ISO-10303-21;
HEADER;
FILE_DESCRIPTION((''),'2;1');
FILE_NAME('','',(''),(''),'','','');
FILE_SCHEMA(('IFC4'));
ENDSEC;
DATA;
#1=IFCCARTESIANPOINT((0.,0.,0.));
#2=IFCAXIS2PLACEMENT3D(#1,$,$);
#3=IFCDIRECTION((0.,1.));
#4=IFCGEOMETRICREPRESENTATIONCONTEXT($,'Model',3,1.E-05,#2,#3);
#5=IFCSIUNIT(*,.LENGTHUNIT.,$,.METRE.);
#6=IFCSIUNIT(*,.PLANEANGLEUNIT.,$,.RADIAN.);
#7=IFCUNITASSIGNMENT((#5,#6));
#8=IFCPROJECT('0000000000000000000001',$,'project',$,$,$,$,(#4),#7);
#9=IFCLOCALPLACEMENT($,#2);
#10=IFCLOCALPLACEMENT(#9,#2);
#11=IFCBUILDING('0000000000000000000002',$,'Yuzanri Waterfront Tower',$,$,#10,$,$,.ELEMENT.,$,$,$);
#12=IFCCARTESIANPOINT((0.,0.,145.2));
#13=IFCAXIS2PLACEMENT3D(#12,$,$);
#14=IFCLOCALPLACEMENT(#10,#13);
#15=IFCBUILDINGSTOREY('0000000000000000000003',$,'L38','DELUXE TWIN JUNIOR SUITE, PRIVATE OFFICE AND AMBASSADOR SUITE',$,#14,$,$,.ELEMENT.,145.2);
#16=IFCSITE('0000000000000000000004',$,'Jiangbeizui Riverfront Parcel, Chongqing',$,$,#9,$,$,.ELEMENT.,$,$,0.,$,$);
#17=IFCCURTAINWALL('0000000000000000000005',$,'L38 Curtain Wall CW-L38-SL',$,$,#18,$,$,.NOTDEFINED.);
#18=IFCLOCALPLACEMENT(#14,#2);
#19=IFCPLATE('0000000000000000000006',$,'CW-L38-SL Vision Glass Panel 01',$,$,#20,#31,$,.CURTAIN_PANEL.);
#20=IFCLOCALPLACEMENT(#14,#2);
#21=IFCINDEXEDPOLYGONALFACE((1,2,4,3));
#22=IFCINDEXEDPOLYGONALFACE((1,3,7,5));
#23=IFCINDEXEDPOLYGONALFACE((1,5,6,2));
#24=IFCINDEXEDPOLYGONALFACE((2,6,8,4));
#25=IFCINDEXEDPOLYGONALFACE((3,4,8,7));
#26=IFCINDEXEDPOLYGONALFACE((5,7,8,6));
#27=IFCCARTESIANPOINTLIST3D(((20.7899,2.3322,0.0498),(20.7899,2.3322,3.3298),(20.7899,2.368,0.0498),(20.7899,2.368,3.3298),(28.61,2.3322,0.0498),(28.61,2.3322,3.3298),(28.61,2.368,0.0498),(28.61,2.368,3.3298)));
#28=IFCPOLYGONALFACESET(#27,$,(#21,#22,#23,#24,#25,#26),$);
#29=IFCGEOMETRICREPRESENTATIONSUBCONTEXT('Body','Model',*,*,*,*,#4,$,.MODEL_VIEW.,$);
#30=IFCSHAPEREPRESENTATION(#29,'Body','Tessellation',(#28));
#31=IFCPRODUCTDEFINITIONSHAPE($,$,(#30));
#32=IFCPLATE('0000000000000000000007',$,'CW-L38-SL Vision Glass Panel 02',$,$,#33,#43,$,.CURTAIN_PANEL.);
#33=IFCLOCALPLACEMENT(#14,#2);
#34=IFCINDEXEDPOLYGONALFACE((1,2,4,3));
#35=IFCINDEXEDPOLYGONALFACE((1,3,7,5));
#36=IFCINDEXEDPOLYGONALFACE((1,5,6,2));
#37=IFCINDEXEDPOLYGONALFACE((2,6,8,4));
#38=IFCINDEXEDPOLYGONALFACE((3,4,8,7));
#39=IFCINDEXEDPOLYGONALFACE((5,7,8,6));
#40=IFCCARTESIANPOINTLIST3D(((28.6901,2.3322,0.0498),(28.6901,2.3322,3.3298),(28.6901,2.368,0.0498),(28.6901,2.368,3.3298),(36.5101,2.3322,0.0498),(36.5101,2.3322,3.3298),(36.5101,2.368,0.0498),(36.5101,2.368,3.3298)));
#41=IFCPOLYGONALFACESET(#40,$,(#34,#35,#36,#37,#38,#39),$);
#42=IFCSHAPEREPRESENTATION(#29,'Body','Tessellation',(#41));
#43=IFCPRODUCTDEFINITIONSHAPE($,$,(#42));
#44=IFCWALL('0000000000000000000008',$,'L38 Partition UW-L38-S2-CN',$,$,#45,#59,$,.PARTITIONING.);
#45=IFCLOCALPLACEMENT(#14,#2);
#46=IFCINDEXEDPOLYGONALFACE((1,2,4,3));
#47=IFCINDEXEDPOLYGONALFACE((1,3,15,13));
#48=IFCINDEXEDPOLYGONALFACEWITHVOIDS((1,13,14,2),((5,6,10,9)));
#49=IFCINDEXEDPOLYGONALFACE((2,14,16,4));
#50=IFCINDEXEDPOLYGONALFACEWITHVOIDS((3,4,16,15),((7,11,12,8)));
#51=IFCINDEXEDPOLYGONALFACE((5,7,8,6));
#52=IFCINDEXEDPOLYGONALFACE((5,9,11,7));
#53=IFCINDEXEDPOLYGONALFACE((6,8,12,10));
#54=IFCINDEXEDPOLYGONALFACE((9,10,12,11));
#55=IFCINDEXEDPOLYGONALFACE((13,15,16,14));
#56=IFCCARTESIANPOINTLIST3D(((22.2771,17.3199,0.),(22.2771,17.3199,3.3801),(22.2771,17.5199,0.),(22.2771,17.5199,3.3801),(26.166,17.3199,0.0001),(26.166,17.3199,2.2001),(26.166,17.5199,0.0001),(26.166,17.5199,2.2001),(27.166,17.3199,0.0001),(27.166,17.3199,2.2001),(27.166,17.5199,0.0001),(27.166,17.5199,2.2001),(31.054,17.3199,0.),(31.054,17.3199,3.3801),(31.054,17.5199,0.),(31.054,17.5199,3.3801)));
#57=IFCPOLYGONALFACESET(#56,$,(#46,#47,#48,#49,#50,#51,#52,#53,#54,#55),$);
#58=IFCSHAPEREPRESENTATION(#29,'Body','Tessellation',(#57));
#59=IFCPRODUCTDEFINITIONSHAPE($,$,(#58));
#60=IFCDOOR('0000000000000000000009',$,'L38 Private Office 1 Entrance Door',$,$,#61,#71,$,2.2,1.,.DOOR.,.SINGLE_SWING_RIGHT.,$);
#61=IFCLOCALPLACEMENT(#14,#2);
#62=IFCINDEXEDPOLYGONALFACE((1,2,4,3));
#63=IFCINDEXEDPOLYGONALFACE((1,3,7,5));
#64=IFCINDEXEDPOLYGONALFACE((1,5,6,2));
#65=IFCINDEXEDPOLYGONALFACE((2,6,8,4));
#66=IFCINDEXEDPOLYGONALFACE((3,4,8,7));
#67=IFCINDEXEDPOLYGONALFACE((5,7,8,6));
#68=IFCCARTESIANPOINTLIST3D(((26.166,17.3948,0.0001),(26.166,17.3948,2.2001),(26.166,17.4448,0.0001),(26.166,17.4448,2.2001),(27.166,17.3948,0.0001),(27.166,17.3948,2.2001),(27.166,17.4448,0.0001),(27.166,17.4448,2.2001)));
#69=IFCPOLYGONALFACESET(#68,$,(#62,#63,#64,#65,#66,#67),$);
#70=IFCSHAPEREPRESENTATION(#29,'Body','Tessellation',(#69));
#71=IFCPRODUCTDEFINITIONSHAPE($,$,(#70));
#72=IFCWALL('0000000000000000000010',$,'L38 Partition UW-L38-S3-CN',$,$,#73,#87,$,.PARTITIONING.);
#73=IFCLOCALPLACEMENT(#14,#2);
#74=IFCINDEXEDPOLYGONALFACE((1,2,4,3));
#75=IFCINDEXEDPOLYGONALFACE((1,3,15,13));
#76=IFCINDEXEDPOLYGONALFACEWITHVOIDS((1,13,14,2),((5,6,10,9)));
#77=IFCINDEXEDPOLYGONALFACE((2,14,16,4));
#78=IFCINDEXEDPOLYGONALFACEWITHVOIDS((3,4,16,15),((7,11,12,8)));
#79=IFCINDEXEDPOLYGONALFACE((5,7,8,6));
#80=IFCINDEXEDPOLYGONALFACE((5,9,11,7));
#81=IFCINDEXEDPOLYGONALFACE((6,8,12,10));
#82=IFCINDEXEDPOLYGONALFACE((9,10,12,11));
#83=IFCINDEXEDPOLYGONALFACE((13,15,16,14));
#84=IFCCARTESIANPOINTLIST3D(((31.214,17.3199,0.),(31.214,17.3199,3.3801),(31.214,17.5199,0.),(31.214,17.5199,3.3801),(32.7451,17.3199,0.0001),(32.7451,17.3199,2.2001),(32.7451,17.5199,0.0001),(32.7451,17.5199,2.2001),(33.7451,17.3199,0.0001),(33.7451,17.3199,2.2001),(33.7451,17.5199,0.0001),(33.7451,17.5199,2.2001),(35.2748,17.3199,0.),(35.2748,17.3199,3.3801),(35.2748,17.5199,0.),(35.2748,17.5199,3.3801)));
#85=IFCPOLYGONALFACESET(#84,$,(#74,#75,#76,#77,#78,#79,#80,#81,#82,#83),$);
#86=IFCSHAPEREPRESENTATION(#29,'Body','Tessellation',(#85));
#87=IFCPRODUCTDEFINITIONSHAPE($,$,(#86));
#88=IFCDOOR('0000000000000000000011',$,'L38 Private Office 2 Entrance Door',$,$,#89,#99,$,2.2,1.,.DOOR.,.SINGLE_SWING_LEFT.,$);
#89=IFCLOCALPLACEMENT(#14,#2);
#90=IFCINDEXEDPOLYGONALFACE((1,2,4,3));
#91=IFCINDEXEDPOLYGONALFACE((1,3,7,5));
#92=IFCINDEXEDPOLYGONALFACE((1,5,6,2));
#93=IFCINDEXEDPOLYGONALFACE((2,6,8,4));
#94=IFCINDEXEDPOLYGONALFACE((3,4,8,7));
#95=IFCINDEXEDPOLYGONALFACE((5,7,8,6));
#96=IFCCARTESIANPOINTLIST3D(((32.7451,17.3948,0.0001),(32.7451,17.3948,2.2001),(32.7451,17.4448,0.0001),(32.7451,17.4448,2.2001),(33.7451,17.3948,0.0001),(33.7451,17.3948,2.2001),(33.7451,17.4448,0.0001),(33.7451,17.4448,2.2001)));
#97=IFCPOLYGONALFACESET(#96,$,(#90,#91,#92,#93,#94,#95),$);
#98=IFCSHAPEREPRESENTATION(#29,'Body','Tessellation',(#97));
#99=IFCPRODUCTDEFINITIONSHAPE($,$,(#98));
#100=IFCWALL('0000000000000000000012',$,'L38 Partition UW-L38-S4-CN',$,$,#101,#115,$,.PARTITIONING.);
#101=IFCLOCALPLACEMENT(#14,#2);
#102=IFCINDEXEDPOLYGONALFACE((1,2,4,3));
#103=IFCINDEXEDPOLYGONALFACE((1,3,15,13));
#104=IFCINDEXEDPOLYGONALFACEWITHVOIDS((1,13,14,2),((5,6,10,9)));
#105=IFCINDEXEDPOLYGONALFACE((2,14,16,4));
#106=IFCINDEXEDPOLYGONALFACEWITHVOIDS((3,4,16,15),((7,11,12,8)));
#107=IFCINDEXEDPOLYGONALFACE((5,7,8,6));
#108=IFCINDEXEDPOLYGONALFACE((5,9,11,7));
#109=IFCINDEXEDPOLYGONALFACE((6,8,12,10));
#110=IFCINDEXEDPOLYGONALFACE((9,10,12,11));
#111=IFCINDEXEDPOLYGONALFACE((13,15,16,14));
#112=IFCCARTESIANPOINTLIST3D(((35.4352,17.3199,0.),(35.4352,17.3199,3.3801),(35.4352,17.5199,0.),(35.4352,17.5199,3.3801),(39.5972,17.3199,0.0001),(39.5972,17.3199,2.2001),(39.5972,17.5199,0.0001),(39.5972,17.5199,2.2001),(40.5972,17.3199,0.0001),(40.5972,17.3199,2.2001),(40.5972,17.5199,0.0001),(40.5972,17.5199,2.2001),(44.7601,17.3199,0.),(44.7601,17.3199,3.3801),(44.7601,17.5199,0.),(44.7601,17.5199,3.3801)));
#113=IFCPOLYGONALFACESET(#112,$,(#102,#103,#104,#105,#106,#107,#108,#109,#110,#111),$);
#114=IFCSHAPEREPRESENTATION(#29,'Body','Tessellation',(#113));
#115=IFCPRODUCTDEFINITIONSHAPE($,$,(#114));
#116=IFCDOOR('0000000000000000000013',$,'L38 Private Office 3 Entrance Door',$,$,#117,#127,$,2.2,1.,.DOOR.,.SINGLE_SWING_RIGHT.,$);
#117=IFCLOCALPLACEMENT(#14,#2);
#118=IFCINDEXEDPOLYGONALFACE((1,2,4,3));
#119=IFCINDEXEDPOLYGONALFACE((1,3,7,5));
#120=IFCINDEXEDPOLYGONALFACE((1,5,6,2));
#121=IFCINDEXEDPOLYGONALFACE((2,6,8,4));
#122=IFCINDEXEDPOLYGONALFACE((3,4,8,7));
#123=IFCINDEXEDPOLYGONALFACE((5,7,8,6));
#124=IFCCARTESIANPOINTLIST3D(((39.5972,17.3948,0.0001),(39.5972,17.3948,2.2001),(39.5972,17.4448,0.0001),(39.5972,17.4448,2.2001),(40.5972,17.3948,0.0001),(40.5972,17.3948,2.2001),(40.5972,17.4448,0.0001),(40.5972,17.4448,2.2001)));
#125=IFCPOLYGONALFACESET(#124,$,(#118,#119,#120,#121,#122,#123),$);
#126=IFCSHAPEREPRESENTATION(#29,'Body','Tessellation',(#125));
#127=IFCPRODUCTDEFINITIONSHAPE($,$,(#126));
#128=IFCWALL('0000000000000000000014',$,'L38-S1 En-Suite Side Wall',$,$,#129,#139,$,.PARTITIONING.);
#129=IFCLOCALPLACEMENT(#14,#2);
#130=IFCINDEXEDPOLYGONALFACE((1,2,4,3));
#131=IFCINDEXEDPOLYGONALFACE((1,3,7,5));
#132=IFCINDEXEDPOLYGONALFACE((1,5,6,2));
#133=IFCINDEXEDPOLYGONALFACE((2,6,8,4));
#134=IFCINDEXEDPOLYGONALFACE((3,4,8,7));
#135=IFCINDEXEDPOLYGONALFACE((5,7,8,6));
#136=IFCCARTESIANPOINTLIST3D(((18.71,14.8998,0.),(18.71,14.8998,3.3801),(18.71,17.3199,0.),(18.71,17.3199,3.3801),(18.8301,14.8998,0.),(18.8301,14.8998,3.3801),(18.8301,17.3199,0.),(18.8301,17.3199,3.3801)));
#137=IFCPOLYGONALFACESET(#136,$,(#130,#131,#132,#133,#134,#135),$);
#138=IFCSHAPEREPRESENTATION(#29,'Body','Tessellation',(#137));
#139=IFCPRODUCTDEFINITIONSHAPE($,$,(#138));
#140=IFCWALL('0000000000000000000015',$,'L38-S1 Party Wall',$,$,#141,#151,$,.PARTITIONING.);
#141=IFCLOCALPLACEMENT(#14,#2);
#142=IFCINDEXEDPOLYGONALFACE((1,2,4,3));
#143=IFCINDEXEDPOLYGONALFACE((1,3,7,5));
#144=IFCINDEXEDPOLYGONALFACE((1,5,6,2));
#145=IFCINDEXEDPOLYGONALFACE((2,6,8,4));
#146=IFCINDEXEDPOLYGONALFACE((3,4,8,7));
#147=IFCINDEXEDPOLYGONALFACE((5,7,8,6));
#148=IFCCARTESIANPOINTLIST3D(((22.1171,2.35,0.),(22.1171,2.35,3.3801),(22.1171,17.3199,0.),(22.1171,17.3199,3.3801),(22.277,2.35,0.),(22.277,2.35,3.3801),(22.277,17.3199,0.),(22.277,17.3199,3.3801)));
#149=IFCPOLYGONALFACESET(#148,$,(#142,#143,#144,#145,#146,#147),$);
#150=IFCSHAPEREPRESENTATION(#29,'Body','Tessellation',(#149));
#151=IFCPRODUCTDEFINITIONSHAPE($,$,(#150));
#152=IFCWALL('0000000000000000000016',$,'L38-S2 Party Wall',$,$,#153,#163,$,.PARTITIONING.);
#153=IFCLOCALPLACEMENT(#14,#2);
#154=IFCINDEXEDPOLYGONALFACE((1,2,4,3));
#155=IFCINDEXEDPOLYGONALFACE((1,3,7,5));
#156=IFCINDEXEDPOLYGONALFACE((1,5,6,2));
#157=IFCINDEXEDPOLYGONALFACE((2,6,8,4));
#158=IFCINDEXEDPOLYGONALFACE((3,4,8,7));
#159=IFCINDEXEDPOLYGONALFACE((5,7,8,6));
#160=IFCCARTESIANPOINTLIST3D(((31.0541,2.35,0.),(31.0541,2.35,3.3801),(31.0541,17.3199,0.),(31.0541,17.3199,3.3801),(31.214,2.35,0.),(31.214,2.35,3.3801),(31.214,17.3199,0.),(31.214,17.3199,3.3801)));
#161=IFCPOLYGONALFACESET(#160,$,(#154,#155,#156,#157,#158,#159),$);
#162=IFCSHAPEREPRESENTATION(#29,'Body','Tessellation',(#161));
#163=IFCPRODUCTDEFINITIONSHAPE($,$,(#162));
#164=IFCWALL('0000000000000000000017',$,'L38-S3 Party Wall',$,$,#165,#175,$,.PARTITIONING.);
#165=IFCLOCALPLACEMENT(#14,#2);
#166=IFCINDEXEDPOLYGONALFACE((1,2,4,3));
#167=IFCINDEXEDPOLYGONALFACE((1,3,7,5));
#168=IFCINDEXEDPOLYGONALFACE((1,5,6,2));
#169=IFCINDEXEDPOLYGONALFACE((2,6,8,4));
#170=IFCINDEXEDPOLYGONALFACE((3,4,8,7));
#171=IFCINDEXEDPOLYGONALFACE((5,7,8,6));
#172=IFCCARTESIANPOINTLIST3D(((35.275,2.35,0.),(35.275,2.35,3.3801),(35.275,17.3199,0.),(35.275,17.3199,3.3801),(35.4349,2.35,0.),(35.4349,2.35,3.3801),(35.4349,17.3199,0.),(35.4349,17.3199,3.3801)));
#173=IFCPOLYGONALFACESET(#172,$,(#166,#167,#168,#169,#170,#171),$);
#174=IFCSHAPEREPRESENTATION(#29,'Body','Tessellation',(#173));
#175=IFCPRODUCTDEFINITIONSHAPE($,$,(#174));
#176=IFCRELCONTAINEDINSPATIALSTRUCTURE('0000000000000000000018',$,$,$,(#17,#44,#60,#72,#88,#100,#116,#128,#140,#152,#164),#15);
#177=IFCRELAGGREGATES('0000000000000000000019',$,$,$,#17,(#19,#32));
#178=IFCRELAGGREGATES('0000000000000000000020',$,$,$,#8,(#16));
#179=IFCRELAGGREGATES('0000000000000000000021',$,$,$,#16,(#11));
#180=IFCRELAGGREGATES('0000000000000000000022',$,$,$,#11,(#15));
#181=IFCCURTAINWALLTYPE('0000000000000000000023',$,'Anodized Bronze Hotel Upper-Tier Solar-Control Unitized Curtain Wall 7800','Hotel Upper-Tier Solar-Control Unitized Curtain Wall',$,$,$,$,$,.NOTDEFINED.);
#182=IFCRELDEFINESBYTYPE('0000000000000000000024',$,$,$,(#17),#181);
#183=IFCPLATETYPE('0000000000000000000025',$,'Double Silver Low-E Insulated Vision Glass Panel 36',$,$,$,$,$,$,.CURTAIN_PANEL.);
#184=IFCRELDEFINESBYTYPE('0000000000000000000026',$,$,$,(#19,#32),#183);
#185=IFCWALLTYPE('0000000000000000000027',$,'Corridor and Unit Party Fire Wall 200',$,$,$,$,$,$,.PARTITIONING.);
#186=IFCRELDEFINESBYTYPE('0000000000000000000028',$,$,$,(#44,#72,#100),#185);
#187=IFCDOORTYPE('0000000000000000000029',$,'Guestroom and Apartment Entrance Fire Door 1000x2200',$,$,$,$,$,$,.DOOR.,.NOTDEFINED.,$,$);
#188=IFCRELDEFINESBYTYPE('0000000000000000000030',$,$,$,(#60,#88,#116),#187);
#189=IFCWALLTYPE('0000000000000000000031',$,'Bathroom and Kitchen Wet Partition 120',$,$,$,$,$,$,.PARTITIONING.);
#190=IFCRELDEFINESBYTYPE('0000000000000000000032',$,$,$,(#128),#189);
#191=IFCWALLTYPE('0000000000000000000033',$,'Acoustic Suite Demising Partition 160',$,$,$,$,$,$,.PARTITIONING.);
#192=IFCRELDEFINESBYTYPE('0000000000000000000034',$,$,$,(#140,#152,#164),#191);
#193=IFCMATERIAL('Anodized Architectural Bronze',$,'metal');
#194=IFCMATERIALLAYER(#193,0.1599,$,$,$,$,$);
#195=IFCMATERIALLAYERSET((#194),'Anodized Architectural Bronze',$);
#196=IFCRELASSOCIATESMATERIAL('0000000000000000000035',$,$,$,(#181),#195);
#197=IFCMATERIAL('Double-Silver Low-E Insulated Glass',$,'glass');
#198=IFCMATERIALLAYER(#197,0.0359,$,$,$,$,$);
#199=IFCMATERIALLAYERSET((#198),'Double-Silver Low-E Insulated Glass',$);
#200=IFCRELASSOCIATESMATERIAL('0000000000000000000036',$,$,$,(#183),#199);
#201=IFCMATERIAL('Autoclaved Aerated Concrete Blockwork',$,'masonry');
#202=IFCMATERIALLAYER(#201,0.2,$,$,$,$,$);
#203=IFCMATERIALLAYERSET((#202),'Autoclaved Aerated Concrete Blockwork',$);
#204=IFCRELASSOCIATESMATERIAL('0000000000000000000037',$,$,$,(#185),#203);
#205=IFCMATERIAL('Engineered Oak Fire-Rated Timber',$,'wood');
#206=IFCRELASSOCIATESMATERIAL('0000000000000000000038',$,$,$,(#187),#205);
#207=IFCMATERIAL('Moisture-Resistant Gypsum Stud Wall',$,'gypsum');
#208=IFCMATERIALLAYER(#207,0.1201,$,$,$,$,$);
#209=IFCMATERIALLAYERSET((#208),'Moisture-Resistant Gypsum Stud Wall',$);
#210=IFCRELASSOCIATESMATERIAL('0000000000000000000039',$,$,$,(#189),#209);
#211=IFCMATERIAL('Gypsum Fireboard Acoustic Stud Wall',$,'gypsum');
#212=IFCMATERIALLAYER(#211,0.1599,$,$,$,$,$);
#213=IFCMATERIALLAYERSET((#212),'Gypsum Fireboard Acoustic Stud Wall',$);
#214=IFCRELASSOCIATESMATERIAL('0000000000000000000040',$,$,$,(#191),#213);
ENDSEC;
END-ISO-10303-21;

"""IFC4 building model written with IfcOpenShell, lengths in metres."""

from ifc_helpers import new_model, si_unit, direction, frame, frame_2d, origin, origin_2d, place, context, subcontext, project, spatial, rectangle, extrude, source, transform, mapped, material, layer, layer_set, type_object, element, fill, aggregate, save


model = new_model("IFC4")

# Units and contexts
model_context = context("Model", 3, precision=1e-05, world=origin(), true_north=direction((0.0, 1.0)))
body_context = subcontext(model_context, "Body", "Model", "MODEL_VIEW")
ifc_project = project(units=[si_unit("LENGTHUNIT", "METRE"), si_unit("PLANEANGLEUNIT", "RADIAN")], contexts=[model_context])

# Site, building, storey
site_placement = place(None, origin())
site = spatial("IfcSite", under=ifc_project, at=site_placement, Name="Jiangbeizui Riverfront Parcel, Chongqing", CompositionType="ELEMENT", RefElevation=0.0)
building_placement = place(site_placement, origin())
building = spatial("IfcBuilding", under=site, at=building_placement, Name="Yuzanri Waterfront Tower", CompositionType="ELEMENT")
storey_placement = place(building_placement, frame((0.0, 0.0, 145.2)))
storey = spatial("IfcBuildingStorey", under=building, at=storey_placement, Name="L38", Description="DELUXE TWIN JUNIOR SUITE, PRIVATE OFFICE AND AMBASSADOR SUITE", CompositionType="ELEMENT", Elevation=145.2)

# Curtain wall, plates
ifc_material_1 = material(Name="Anodized Architectural Bronze", Category="metal")
ifc_layer_1 = layer(ifc_material_1, 0.1599)
ifc_layer_set_1 = layer_set([ifc_layer_1], Name="Anodized Architectural Bronze")
curtain_wall_type = type_object("IfcCurtainWallType", Name="Anodized Bronze Hotel Upper-Tier Solar-Control Unitized Curtain Wall 7800", Description="Hotel Upper-Tier Solar-Control Unitized Curtain Wall", PredefinedType="NOTDEFINED", material=ifc_layer_set_1)
curtain_wall_placement = place(storey_placement, origin())
curtain_wall = element("IfcCurtainWall", 1, at=curtain_wall_placement, inside=storey, type_object=curtain_wall_type, Name="L38 Curtain Wall CW-L38-SL", PredefinedType="NOTDEFINED")
ifc_material_2 = material(Name="Double-Silver Low-E Insulated Glass", Category="glass")
ifc_layer_2 = layer(ifc_material_2, 0.0359)
ifc_layer_set_2 = layer_set([ifc_layer_2], Name="Double-Silver Low-E Insulated Glass")
plate_type = type_object("IfcPlateType", Name="Double Silver Low-E Insulated Vision Glass Panel 36", PredefinedType="CURTAIN_PANEL", material=ifc_layer_set_2)
shared_shape_1 = source(origin(), body_context, "Body", "SweptSolid", [
    extrude(rectangle(XDim=7.8201, YDim=0.0359, at=origin_2d()), origin(), (0.0, 0.0, 1.0), 3.28),
])
plate_1_placement = place(storey_placement, frame((24.7, 2.3501, 0.0498), z_axis=(0.0, 0.0, 1.0), x_axis=(1.0, 0.0, 0.0)))
plate_1 = element("IfcPlate", 2, at=plate_1_placement, type_object=plate_type, Name="CW-L38-SL Vision Glass Panel 01", PredefinedType="CURTAIN_PANEL", context=body_context, shape_type="MappedRepresentation", body=[
    mapped(shared_shape_1, transform((0.0, 0.0, 0.0), scale=1.0)),
])
plate_2_placement = place(storey_placement, frame((32.6001, 2.3501, 0.0498), z_axis=(0.0, 0.0, 1.0), x_axis=(1.0, 0.0, 0.0)))
plate_2 = element("IfcPlate", 3, at=plate_2_placement, type_object=plate_type, Name="CW-L38-SL Vision Glass Panel 02", PredefinedType="CURTAIN_PANEL", context=body_context, shape_type="MappedRepresentation", body=[
    mapped(shared_shape_1, transform((0.0, 0.0, 0.0), scale=1.0)),
])
aggregate(curtain_wall, [plate_1, plate_2])

# Walls, openings, doors
ifc_material_3 = material(Name="Autoclaved Aerated Concrete Blockwork", Category="masonry")
ifc_layer_3 = layer(ifc_material_3, 0.2)
ifc_layer_set_3 = layer_set([ifc_layer_3], Name="Autoclaved Aerated Concrete Blockwork")
wall_type_1 = type_object("IfcWallType", Name="Corridor and Unit Party Fire Wall 200", PredefinedType="PARTITIONING", material=ifc_layer_set_3)
wall_1_placement = place(storey_placement, frame((22.2771, 17.4199, 0.0), z_axis=(0.0, 0.0, 1.0), x_axis=(1.0, 0.0, 0.0)))
wall_1 = element("IfcWall", 4, at=wall_1_placement, inside=storey, type_object=wall_type_1, Name="L38 Partition UW-L38-S2-CN", PredefinedType="PARTITIONING", context=body_context, shape_type="SweptSolid", body=[
    extrude(rectangle(XDim=8.7769, YDim=0.2, at=frame_2d((4.3884, 0.0))), origin(), (0.0, 0.0, 1.0), 3.3801),
])
opening_1_placement = place(wall_1_placement, frame((3.8889, 0.0, 0.0)))
opening_1 = element("IfcOpeningElement", 5, at=opening_1_placement, cuts=wall_1, PredefinedType="OPENING", context=body_context, shape_type="SweptSolid", body=[
    extrude(rectangle(XDim=1.0, YDim=2.2, at=frame_2d((0.5, 1.1001))), frame((0.0, 0.1147, 0.0), z_axis=(0.0, -1.0, 0.0), x_axis=(1.0, 0.0, 0.0)), (0.0, 0.0, 1.0), 0.2297),
])
ifc_material_4 = material(Name="Engineered Oak Fire-Rated Timber", Category="wood")
door_type_1 = type_object("IfcDoorType", Name="Guestroom and Apartment Entrance Fire Door 1000x2200", OperationType="NOTDEFINED", PredefinedType="DOOR", material=ifc_material_4)
shared_shape_2 = source(origin(), body_context, "Body", "SweptSolid", [
    extrude(rectangle(XDim=1.0, YDim=2.2, at=frame_2d((0.5, 1.1001))), frame((0.0, 0.0249, 0.0), z_axis=(0.0, -1.0, 0.0), x_axis=(1.0, 0.0, 0.0)), (0.0, 0.0, 1.0), 0.05),
])
door_1_placement = place(opening_1_placement, origin())
door_1 = element("IfcDoor", 6, at=door_1_placement, inside=storey, type_object=door_type_1, Name="L38 Private Office 1 Entrance Door", OperationType="SINGLE_SWING_RIGHT", OverallHeight=2.2, OverallWidth=1.0, PredefinedType="DOOR", context=body_context, shape_type="MappedRepresentation", body=[
    mapped(shared_shape_2, transform((0.0, 0.0, 0.0), scale=1.0)),
])
fill(opening_1, door_1)
wall_2_placement = place(storey_placement, frame((31.2141, 17.4199, 0.0), z_axis=(0.0, 0.0, 1.0), x_axis=(1.0, 0.0, 0.0)))
wall_2 = element("IfcWall", 7, at=wall_2_placement, inside=storey, type_object=wall_type_1, Name="L38 Partition UW-L38-S3-CN", PredefinedType="PARTITIONING", context=body_context, shape_type="SweptSolid", body=[
    extrude(rectangle(XDim=4.0608, YDim=0.2, at=frame_2d((2.0303, 0.0))), origin(), (0.0, 0.0, 1.0), 3.3801),
])
opening_2_placement = place(wall_2_placement, frame((1.531, 0.0, 0.0)))
opening_2 = element("IfcOpeningElement", 8, at=opening_2_placement, cuts=wall_2, PredefinedType="OPENING", context=body_context, shape_type="SweptSolid", body=[
    extrude(rectangle(XDim=1.0, YDim=2.2, at=frame_2d((0.5, 1.1001))), frame((0.0, 0.1147, 0.0), z_axis=(0.0, -1.0, 0.0), x_axis=(1.0, 0.0, 0.0)), (0.0, 0.0, 1.0), 0.2297),
])
door_2_placement = place(opening_2_placement, origin())
door_2 = element("IfcDoor", 9, at=door_2_placement, inside=storey, type_object=door_type_1, Name="L38 Private Office 2 Entrance Door", OperationType="SINGLE_SWING_LEFT", OverallHeight=2.2, OverallWidth=1.0, PredefinedType="DOOR", context=body_context, shape_type="MappedRepresentation", body=[
    mapped(shared_shape_2, transform((0.0, 0.0, 0.0), scale=1.0)),
])
fill(opening_2, door_2)
wall_3_placement = place(storey_placement, frame((35.4351, 17.4199, 0.0), z_axis=(0.0, 0.0, 1.0), x_axis=(1.0, 0.0, 0.0)))
wall_3 = element("IfcWall", 10, at=wall_3_placement, inside=storey, type_object=wall_type_1, Name="L38 Partition UW-L38-S4-CN", PredefinedType="PARTITIONING", context=body_context, shape_type="SweptSolid", body=[
    extrude(rectangle(XDim=9.325, YDim=0.2, at=frame_2d((4.6626, 0.0))), origin(), (0.0, 0.0, 1.0), 3.3801),
])
opening_3_placement = place(wall_3_placement, frame((4.1621, 0.0, 0.0)))
opening_3 = element("IfcOpeningElement", 11, at=opening_3_placement, cuts=wall_3, PredefinedType="OPENING", context=body_context, shape_type="SweptSolid", body=[
    extrude(rectangle(XDim=1.0, YDim=2.2, at=frame_2d((0.5, 1.1001))), frame((0.0, 0.1147, 0.0), z_axis=(0.0, -1.0, 0.0), x_axis=(1.0, 0.0, 0.0)), (0.0, 0.0, 1.0), 0.2297),
])
door_3_placement = place(opening_3_placement, origin())
door_3 = element("IfcDoor", 12, at=door_3_placement, inside=storey, type_object=door_type_1, Name="L38 Private Office 3 Entrance Door", OperationType="SINGLE_SWING_RIGHT", OverallHeight=2.2, OverallWidth=1.0, PredefinedType="DOOR", context=body_context, shape_type="MappedRepresentation", body=[
    mapped(shared_shape_2, transform((0.0, 0.0, 0.0), scale=1.0)),
])
fill(opening_3, door_3)

# Walls
ifc_material_5 = material(Name="Moisture-Resistant Gypsum Stud Wall", Category="gypsum")
ifc_layer_4 = layer(ifc_material_5, 0.1201)
ifc_layer_set_4 = layer_set([ifc_layer_4], Name="Moisture-Resistant Gypsum Stud Wall")
wall_type_2 = type_object("IfcWallType", Name="Bathroom and Kitchen Wet Partition 120", PredefinedType="PARTITIONING", material=ifc_layer_set_4)
shared_shape_3 = source(origin(), body_context, "Body", "SweptSolid", [
    extrude(rectangle(XDim=2.4202, YDim=0.1201, at=frame_2d((1.21, 0.0))), origin(), (0.0, 0.0, 1.0), 3.3801),
])
wall_4_placement = place(storey_placement, frame((18.77, 14.8999, 0.0), z_axis=(0.0, 0.0, 1.0), x_axis=(0.0, 1.0, 0.0)))
element("IfcWall", 13, at=wall_4_placement, inside=storey, type_object=wall_type_2, Name="L38-S1 En-Suite Side Wall", PredefinedType="PARTITIONING", context=body_context, shape_type="MappedRepresentation", body=[
    mapped(shared_shape_3, transform((0.0, 0.0, 0.0), scale=1.0)),
])
ifc_material_6 = material(Name="Gypsum Fireboard Acoustic Stud Wall", Category="gypsum")
ifc_layer_5 = layer(ifc_material_6, 0.1599)
ifc_layer_set_5 = layer_set([ifc_layer_5], Name="Gypsum Fireboard Acoustic Stud Wall")
wall_type_3 = type_object("IfcWallType", Name="Acoustic Suite Demising Partition 160", PredefinedType="PARTITIONING", material=ifc_layer_set_5)
shared_shape_4 = source(origin(), body_context, "Body", "SweptSolid", [
    extrude(rectangle(XDim=14.97, YDim=0.1599, at=frame_2d((7.4849, 0.0))), origin(), (0.0, 0.0, 1.0), 3.3801),
])
for number, where, z_axis, x_axis, name in (
    (14, (22.197, 2.3501, 0.0), (0.0, 0.0, 1.0), (0.0, 1.0, 0.0), "L38-S1 Party Wall"),
    (15, (31.134, 2.3501, 0.0), (0.0, 0.0, 1.0), (0.0, 1.0, 0.0), "L38-S2 Party Wall"),
    (16, (35.355, 2.3501, 0.0), (0.0, 0.0, 1.0), (0.0, 1.0, 0.0), "L38-S3 Party Wall"),
):
    element("IfcWall", number, at=place(storey_placement, frame(where, z_axis=z_axis, x_axis=x_axis)), inside=storey, type_object=wall_type_3, Name=name, PredefinedType="PARTITIONING", context=body_context, shape_type="MappedRepresentation", body=[
        mapped(shared_shape_4, transform((0.0, 0.0, 0.0), scale=1.0)),
    ])

save(model, "model.ifc")
